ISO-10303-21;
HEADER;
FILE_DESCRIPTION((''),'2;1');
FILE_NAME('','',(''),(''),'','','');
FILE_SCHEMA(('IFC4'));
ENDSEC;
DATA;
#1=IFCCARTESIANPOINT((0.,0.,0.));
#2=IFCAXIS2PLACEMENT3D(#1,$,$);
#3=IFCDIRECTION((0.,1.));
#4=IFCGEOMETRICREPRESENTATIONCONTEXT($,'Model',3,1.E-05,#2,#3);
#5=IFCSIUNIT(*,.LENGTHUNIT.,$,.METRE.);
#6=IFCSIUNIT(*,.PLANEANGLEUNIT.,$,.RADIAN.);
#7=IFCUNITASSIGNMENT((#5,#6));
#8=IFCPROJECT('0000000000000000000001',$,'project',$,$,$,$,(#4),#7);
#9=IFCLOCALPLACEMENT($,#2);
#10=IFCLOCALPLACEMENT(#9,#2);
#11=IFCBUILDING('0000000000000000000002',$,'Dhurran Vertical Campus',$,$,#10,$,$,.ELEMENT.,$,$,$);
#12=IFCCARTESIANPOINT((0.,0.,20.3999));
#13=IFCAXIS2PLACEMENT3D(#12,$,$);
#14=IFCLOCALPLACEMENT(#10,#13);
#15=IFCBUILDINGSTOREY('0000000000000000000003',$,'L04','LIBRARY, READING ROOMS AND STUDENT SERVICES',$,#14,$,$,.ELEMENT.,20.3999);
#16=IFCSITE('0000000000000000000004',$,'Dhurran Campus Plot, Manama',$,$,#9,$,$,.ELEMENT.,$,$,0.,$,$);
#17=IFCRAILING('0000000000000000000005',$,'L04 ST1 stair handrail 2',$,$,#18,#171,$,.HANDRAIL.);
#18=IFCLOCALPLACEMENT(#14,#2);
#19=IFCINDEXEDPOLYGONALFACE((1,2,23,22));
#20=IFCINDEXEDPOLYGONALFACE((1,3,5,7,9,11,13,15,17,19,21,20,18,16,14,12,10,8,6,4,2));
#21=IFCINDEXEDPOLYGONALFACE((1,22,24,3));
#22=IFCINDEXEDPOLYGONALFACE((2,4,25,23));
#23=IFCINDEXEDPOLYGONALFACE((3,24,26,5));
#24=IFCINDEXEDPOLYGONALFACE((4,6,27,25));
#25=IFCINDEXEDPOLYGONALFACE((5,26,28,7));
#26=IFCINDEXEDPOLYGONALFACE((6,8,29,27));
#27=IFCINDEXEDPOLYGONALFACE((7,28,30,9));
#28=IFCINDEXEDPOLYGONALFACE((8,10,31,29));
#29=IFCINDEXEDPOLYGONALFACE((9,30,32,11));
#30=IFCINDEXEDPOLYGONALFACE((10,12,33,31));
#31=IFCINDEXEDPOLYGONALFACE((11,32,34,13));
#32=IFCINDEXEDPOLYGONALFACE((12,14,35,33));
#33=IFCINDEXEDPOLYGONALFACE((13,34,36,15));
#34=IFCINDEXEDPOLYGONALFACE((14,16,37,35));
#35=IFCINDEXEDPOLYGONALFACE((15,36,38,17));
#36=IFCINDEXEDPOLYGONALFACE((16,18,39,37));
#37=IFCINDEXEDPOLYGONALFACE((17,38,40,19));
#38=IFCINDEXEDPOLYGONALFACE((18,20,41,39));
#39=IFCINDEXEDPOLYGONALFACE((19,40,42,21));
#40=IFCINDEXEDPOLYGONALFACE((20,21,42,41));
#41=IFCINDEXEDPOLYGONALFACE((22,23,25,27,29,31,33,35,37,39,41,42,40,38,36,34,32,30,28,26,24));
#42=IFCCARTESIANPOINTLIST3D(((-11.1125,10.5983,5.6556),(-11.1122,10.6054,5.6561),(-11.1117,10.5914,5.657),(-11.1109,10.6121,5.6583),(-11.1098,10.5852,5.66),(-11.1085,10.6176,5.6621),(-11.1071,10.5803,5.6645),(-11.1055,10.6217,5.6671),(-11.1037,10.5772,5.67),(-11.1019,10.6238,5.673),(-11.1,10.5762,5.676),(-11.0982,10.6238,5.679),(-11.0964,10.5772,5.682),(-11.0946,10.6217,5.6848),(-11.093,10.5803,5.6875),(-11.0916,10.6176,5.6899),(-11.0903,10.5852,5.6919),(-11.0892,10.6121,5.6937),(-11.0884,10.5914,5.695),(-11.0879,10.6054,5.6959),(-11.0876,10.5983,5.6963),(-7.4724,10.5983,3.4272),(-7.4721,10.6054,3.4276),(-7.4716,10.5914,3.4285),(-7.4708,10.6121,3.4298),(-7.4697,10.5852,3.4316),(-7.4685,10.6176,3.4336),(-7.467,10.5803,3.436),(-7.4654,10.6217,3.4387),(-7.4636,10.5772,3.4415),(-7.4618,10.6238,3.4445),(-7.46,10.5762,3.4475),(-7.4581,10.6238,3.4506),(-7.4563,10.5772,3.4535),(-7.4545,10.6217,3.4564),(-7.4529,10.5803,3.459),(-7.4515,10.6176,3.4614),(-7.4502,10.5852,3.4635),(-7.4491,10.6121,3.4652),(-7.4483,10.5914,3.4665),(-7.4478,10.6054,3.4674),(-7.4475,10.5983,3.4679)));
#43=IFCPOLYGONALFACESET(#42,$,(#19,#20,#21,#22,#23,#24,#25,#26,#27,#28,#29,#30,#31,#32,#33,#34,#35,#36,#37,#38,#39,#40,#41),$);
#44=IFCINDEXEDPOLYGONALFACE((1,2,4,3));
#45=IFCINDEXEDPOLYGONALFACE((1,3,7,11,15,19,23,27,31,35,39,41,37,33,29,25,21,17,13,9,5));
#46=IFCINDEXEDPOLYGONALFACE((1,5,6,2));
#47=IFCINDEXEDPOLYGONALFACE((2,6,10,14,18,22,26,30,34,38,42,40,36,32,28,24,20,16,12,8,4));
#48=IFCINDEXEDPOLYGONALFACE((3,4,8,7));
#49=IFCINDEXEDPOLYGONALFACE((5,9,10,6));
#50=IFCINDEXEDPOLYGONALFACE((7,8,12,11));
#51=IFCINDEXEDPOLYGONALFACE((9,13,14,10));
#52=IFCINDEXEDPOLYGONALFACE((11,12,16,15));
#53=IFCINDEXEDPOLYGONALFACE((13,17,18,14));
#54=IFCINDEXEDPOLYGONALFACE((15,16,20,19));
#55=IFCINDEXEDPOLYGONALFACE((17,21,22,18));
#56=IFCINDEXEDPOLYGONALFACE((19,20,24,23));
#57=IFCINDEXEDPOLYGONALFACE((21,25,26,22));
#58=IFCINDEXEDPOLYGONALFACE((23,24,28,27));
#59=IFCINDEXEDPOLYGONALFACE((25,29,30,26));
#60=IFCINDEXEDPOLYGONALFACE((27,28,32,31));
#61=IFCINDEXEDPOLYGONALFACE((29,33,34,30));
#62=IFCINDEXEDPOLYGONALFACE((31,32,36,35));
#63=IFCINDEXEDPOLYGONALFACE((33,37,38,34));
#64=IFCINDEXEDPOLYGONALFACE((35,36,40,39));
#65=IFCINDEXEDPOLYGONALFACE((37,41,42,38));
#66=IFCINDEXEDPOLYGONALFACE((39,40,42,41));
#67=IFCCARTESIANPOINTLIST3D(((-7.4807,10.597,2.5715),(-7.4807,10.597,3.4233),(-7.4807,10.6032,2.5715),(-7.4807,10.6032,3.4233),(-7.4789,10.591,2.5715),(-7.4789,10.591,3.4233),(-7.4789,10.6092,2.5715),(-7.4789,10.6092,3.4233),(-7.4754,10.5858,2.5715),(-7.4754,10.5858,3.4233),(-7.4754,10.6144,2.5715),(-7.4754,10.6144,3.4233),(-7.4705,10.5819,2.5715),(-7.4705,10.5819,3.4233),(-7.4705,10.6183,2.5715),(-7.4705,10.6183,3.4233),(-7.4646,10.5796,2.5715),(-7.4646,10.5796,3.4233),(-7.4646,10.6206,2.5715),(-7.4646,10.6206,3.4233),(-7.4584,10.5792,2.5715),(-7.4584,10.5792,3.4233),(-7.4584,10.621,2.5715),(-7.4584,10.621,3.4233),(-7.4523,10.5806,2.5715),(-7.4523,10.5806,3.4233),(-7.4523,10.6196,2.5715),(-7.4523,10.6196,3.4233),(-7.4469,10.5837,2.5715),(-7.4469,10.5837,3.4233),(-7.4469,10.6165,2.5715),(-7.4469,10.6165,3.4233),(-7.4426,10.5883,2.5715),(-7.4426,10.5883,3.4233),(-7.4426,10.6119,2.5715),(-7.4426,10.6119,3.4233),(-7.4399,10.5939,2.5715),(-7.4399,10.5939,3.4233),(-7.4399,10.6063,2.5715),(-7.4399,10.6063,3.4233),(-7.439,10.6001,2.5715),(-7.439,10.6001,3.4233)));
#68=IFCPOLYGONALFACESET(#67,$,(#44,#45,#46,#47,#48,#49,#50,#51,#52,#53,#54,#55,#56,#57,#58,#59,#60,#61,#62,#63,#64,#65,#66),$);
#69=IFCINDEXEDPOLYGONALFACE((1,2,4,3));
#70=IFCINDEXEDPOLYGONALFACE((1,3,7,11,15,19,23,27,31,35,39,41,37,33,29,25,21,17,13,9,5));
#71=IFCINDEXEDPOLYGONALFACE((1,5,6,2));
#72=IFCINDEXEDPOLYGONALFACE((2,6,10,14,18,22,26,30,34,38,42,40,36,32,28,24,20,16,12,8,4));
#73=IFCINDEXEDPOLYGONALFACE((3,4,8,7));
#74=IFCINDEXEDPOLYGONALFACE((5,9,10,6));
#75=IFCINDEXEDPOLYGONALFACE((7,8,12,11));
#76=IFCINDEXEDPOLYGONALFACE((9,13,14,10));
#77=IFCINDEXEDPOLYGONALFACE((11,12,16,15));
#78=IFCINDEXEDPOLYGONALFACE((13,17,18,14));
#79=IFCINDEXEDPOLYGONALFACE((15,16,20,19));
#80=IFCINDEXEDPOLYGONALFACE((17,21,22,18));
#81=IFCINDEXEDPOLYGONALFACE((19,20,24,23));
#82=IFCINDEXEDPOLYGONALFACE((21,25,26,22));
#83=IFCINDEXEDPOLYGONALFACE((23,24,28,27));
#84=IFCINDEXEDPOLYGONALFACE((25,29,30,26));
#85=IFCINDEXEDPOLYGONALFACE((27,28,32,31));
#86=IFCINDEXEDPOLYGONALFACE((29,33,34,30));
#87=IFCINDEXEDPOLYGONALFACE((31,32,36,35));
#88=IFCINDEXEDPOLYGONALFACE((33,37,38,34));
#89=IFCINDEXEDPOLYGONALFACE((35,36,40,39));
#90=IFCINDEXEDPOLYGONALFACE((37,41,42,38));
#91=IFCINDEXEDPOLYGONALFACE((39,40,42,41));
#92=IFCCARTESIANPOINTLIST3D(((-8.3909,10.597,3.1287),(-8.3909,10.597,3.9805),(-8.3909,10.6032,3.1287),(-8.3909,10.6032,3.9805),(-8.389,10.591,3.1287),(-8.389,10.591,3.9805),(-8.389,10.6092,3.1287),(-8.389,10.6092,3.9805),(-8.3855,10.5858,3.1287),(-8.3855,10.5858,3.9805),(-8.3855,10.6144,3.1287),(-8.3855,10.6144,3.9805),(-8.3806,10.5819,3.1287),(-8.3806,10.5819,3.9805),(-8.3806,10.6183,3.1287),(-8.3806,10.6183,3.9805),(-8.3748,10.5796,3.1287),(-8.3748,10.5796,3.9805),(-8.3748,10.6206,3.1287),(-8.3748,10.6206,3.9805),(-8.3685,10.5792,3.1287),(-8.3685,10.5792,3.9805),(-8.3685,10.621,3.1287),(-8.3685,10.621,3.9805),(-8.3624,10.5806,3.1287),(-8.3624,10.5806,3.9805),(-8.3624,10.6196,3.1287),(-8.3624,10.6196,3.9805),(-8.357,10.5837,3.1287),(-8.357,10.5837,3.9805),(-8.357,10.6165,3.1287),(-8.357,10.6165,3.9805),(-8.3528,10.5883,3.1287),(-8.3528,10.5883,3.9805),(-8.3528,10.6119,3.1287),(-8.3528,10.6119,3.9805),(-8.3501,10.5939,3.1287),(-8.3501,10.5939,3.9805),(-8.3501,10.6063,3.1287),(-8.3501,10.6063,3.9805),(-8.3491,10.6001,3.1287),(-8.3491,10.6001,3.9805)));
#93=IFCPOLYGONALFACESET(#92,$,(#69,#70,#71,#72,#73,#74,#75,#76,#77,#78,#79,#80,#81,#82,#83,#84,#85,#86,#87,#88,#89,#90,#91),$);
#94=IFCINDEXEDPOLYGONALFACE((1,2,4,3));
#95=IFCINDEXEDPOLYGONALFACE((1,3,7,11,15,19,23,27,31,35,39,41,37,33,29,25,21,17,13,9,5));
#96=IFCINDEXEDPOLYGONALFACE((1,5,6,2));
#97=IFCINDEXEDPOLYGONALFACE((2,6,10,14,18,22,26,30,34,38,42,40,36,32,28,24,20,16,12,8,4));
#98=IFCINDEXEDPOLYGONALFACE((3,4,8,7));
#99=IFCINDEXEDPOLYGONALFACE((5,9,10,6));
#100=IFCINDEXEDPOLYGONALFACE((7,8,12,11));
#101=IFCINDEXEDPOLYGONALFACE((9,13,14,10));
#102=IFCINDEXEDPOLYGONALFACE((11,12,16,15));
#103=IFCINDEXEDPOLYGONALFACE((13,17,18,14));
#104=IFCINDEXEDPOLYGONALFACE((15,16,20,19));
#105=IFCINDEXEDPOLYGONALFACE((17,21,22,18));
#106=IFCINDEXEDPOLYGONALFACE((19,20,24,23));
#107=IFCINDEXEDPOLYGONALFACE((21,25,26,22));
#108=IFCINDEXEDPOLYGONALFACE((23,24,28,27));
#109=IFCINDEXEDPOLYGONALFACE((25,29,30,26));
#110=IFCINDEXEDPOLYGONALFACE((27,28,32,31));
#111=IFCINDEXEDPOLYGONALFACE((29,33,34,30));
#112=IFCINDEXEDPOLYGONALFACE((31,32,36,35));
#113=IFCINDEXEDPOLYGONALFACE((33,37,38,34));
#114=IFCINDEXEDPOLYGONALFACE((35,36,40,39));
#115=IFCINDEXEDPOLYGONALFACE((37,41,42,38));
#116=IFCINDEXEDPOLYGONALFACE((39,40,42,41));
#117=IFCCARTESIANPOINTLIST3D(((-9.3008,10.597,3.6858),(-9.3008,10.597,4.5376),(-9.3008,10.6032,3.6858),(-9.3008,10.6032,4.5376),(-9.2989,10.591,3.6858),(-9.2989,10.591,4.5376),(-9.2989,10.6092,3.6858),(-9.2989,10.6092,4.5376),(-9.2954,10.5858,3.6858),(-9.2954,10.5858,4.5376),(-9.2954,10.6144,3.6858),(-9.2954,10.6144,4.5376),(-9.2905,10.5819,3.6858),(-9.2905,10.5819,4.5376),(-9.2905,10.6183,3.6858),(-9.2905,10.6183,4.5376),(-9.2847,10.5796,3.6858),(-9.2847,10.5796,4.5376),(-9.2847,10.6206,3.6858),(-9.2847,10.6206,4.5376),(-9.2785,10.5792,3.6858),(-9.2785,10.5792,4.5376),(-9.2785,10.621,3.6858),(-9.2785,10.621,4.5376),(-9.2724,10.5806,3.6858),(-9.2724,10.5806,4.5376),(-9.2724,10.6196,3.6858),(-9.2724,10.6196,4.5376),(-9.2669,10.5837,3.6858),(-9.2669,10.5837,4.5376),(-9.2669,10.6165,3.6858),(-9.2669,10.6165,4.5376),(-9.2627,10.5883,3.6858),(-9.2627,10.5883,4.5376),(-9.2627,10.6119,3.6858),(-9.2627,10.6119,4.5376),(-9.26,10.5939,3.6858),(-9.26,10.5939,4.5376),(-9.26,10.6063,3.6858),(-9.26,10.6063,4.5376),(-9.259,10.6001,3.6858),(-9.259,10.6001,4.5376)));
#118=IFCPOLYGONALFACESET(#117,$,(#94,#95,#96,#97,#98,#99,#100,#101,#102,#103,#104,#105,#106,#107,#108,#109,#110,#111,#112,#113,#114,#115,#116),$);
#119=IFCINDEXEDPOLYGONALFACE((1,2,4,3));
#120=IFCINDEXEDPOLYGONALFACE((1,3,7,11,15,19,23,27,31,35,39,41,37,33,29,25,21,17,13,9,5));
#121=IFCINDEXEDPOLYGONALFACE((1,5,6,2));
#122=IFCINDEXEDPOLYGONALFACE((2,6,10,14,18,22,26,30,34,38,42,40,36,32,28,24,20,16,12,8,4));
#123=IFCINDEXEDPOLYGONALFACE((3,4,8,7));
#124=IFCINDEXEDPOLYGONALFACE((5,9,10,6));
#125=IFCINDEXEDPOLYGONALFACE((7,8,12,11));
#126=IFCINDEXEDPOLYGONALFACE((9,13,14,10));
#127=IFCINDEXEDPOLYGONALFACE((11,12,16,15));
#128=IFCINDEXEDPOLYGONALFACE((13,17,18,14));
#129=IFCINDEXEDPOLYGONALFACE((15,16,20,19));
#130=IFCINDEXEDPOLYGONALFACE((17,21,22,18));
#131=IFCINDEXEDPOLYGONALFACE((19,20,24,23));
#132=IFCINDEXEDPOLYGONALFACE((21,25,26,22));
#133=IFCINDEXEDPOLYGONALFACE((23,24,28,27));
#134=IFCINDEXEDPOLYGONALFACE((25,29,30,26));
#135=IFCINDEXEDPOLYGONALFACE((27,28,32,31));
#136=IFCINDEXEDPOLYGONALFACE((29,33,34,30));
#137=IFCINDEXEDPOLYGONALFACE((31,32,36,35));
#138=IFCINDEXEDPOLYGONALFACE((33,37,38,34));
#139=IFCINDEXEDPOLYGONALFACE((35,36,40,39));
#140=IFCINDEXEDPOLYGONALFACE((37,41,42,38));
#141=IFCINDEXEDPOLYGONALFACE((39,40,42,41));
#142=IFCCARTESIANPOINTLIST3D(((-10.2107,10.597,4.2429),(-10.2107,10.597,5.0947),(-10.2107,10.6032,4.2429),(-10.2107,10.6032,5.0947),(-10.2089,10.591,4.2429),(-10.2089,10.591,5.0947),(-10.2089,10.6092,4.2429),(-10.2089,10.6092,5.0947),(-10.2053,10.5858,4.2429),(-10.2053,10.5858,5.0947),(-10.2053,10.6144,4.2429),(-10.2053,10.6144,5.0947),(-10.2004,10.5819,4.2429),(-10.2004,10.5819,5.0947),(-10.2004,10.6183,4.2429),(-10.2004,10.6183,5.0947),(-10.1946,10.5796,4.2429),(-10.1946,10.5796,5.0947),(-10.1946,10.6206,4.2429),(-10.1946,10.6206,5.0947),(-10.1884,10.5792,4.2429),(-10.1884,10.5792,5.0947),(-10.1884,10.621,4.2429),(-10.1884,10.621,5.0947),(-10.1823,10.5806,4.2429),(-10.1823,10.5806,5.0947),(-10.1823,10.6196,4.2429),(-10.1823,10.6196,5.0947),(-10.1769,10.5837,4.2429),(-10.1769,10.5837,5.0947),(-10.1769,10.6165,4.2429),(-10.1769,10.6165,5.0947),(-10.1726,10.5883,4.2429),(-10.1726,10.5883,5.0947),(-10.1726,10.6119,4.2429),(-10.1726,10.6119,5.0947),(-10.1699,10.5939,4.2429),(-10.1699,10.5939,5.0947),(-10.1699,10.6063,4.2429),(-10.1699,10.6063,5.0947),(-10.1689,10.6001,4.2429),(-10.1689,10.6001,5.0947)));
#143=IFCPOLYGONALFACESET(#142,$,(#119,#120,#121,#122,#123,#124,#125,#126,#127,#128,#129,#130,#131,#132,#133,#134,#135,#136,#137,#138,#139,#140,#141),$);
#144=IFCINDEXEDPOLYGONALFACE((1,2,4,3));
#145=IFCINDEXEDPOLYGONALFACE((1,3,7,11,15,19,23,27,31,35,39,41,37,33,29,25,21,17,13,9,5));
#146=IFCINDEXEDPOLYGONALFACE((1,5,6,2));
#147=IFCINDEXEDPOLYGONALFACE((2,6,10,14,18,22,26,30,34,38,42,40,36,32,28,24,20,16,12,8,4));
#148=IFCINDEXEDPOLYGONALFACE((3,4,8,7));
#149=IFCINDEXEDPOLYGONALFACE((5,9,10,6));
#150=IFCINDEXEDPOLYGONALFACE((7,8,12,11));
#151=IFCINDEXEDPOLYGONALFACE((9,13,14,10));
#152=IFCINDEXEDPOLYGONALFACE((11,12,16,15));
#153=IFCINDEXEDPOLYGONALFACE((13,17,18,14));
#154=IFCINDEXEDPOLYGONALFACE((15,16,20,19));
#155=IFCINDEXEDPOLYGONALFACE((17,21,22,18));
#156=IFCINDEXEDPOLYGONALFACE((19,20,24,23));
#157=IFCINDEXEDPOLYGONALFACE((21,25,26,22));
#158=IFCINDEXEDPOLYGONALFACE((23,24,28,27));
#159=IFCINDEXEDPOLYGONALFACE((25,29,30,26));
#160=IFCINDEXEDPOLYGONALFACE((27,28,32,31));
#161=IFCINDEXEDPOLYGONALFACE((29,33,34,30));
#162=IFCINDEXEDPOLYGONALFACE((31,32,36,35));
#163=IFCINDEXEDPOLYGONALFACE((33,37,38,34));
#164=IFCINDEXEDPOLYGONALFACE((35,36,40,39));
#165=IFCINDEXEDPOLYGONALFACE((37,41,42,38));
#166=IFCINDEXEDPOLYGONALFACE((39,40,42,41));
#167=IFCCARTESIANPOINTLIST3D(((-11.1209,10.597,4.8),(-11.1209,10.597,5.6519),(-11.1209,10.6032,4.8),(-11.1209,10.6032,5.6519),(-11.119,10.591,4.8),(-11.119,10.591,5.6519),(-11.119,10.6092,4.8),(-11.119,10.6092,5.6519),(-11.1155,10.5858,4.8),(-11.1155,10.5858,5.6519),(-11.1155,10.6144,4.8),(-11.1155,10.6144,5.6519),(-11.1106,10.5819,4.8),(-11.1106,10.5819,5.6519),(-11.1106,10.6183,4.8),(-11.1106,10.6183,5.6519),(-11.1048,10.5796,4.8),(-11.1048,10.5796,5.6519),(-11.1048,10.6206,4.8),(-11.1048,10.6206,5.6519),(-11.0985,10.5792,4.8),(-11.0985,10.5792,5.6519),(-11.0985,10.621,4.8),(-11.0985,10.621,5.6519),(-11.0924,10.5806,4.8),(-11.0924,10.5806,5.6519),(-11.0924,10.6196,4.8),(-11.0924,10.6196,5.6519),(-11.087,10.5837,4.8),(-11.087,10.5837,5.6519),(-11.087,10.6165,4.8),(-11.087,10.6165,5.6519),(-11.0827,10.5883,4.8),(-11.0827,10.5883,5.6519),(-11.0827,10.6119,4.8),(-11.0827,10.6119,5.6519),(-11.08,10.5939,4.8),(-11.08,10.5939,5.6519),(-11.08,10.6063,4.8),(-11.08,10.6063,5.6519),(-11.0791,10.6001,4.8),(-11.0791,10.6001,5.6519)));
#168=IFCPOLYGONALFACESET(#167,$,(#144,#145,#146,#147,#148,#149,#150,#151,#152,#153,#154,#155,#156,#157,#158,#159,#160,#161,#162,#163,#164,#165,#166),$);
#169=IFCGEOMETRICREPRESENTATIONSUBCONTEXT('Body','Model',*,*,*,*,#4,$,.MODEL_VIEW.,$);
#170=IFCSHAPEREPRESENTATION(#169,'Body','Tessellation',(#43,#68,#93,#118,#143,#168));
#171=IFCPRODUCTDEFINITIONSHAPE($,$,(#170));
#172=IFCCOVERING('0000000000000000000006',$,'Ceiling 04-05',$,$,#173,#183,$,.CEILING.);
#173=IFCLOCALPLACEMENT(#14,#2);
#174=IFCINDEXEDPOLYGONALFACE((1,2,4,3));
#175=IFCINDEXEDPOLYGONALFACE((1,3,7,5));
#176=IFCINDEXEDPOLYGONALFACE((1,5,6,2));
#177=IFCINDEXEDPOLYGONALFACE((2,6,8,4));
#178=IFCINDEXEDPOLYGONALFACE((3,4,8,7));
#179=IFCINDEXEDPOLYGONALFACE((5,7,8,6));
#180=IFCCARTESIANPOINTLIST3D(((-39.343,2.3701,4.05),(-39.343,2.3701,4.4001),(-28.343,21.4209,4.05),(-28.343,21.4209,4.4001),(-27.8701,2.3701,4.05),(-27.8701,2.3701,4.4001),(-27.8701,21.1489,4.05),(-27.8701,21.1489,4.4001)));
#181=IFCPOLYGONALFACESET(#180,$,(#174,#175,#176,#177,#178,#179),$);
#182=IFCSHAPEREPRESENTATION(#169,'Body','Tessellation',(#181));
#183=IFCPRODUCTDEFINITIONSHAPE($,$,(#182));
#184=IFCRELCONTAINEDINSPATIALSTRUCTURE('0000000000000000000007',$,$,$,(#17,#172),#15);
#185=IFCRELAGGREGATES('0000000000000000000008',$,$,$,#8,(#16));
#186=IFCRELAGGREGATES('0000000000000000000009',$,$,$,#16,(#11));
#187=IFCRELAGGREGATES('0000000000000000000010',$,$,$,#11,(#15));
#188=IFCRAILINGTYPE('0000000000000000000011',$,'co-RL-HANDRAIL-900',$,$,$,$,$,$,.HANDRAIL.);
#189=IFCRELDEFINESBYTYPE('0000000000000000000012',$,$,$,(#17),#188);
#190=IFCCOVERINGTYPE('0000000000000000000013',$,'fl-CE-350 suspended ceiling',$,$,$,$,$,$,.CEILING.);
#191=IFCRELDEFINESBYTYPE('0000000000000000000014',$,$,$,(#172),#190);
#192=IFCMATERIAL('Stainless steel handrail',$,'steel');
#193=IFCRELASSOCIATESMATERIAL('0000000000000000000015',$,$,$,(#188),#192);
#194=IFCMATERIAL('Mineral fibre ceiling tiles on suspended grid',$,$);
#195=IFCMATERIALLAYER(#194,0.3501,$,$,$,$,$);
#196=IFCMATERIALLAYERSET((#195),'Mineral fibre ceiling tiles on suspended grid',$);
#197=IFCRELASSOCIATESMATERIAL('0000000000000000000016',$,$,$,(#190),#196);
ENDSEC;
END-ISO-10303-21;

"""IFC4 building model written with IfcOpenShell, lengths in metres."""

from ifc_helpers import new_model, si_unit, direction, frame, origin, origin_2d, place, context, subcontext, project, spatial, polyline, circle, outline, extrude, material, layer, layer_set, type_object, element, save


model = new_model("IFC4")

# Units and contexts
model_context = context("Model", 3, precision=1e-05, world=origin(), true_north=direction((0.0, 1.0)))
body_context = subcontext(model_context, "Body", "Model", "MODEL_VIEW")
ifc_project = project(units=[si_unit("LENGTHUNIT", "METRE"), si_unit("PLANEANGLEUNIT", "RADIAN")], contexts=[model_context])

# Site, building, storey
site_placement = place(None, origin())
site = spatial("IfcSite", under=ifc_project, at=site_placement, Name="Dhurran Campus Plot, Manama", CompositionType="ELEMENT", RefElevation=0.0)
building_placement = place(site_placement, origin())
building = spatial("IfcBuilding", under=site, at=building_placement, Name="Dhurran Vertical Campus", CompositionType="ELEMENT")
storey_placement = place(building_placement, frame((0.0, 0.0, 20.3999)))
storey = spatial("IfcBuildingStorey", under=building, at=storey_placement, Name="L04", Description="LIBRARY, READING ROOMS AND STUDENT SERVICES", CompositionType="ELEMENT", Elevation=20.3999)

# Railing
ifc_material_1 = material(Name="Stainless steel handrail", Category="steel")
railing_type_1 = type_object("IfcRailingType", Name="co-RL-HANDRAIL-900", PredefinedType="HANDRAIL", material=ifc_material_1)
railing_1_placement = place(storey_placement, frame((-7.46, 10.6001, 2.5715)))
element("IfcRailing", 1, at=railing_1_placement, inside=storey, type_object=railing_type_1, Name="L04 ST1 stair handrail 2", PredefinedType="HANDRAIL", context=body_context, shape_type="SweptSolid", body=[
    extrude(circle(Radius=0.0239, at=origin_2d()), frame((0.0, 0.0, 0.876), z_axis=(-0.852866, 0.0, 0.52213), x_axis=(0.0, -1.0, 0.0)), (0.0, 0.0, 1.0), 4.2681),
    extrude(circle(Radius=0.021, at=origin_2d()), origin(), (0.0, 0.0, 1.0), 0.8518),
    extrude(circle(Radius=0.021, at=origin_2d()), frame((-0.9102, 0.0, 0.5571)), (0.0, 0.0, 1.0), 0.8518),
    extrude(circle(Radius=0.021, at=origin_2d()), frame((-1.8201, 0.0, 1.1143)), (0.0, 0.0, 1.0), 0.8518),
    extrude(circle(Radius=0.021, at=origin_2d()), frame((-2.73, 0.0, 1.6714)), (0.0, 0.0, 1.0), 0.8518),
    extrude(circle(Radius=0.021, at=origin_2d()), frame((-3.6401, 0.0, 2.2285)), (0.0, 0.0, 1.0), 0.8518),
])

# Covering
ifc_material_2 = material(Name="Mineral fibre ceiling tiles on suspended grid")
ifc_layer_1 = layer(ifc_material_2, 0.3501)
ifc_layer_set_1 = layer_set([ifc_layer_1], Name="Mineral fibre ceiling tiles on suspended grid")
covering_type = type_object("IfcCoveringType", Name="fl-CE-350 suspended ceiling", PredefinedType="CEILING", material=ifc_layer_set_1)
covering_1_placement = place(storey_placement, frame((0.0, 0.0, 4.05)))
element("IfcCovering", 2, at=covering_1_placement, inside=storey, type_object=covering_type, Name="Ceiling 04-05", PredefinedType="CEILING", context=body_context, shape_type="SweptSolid", body=[
    extrude(outline(polyline([(-28.343, 21.4209), (-27.8701, 21.1489), (-27.8701, 2.3701), (-39.343, 2.3701), (-28.343, 21.4209)])), origin(), (0.0, 0.0, 1.0), 0.3501),
])

save(model, "model.ifc")
